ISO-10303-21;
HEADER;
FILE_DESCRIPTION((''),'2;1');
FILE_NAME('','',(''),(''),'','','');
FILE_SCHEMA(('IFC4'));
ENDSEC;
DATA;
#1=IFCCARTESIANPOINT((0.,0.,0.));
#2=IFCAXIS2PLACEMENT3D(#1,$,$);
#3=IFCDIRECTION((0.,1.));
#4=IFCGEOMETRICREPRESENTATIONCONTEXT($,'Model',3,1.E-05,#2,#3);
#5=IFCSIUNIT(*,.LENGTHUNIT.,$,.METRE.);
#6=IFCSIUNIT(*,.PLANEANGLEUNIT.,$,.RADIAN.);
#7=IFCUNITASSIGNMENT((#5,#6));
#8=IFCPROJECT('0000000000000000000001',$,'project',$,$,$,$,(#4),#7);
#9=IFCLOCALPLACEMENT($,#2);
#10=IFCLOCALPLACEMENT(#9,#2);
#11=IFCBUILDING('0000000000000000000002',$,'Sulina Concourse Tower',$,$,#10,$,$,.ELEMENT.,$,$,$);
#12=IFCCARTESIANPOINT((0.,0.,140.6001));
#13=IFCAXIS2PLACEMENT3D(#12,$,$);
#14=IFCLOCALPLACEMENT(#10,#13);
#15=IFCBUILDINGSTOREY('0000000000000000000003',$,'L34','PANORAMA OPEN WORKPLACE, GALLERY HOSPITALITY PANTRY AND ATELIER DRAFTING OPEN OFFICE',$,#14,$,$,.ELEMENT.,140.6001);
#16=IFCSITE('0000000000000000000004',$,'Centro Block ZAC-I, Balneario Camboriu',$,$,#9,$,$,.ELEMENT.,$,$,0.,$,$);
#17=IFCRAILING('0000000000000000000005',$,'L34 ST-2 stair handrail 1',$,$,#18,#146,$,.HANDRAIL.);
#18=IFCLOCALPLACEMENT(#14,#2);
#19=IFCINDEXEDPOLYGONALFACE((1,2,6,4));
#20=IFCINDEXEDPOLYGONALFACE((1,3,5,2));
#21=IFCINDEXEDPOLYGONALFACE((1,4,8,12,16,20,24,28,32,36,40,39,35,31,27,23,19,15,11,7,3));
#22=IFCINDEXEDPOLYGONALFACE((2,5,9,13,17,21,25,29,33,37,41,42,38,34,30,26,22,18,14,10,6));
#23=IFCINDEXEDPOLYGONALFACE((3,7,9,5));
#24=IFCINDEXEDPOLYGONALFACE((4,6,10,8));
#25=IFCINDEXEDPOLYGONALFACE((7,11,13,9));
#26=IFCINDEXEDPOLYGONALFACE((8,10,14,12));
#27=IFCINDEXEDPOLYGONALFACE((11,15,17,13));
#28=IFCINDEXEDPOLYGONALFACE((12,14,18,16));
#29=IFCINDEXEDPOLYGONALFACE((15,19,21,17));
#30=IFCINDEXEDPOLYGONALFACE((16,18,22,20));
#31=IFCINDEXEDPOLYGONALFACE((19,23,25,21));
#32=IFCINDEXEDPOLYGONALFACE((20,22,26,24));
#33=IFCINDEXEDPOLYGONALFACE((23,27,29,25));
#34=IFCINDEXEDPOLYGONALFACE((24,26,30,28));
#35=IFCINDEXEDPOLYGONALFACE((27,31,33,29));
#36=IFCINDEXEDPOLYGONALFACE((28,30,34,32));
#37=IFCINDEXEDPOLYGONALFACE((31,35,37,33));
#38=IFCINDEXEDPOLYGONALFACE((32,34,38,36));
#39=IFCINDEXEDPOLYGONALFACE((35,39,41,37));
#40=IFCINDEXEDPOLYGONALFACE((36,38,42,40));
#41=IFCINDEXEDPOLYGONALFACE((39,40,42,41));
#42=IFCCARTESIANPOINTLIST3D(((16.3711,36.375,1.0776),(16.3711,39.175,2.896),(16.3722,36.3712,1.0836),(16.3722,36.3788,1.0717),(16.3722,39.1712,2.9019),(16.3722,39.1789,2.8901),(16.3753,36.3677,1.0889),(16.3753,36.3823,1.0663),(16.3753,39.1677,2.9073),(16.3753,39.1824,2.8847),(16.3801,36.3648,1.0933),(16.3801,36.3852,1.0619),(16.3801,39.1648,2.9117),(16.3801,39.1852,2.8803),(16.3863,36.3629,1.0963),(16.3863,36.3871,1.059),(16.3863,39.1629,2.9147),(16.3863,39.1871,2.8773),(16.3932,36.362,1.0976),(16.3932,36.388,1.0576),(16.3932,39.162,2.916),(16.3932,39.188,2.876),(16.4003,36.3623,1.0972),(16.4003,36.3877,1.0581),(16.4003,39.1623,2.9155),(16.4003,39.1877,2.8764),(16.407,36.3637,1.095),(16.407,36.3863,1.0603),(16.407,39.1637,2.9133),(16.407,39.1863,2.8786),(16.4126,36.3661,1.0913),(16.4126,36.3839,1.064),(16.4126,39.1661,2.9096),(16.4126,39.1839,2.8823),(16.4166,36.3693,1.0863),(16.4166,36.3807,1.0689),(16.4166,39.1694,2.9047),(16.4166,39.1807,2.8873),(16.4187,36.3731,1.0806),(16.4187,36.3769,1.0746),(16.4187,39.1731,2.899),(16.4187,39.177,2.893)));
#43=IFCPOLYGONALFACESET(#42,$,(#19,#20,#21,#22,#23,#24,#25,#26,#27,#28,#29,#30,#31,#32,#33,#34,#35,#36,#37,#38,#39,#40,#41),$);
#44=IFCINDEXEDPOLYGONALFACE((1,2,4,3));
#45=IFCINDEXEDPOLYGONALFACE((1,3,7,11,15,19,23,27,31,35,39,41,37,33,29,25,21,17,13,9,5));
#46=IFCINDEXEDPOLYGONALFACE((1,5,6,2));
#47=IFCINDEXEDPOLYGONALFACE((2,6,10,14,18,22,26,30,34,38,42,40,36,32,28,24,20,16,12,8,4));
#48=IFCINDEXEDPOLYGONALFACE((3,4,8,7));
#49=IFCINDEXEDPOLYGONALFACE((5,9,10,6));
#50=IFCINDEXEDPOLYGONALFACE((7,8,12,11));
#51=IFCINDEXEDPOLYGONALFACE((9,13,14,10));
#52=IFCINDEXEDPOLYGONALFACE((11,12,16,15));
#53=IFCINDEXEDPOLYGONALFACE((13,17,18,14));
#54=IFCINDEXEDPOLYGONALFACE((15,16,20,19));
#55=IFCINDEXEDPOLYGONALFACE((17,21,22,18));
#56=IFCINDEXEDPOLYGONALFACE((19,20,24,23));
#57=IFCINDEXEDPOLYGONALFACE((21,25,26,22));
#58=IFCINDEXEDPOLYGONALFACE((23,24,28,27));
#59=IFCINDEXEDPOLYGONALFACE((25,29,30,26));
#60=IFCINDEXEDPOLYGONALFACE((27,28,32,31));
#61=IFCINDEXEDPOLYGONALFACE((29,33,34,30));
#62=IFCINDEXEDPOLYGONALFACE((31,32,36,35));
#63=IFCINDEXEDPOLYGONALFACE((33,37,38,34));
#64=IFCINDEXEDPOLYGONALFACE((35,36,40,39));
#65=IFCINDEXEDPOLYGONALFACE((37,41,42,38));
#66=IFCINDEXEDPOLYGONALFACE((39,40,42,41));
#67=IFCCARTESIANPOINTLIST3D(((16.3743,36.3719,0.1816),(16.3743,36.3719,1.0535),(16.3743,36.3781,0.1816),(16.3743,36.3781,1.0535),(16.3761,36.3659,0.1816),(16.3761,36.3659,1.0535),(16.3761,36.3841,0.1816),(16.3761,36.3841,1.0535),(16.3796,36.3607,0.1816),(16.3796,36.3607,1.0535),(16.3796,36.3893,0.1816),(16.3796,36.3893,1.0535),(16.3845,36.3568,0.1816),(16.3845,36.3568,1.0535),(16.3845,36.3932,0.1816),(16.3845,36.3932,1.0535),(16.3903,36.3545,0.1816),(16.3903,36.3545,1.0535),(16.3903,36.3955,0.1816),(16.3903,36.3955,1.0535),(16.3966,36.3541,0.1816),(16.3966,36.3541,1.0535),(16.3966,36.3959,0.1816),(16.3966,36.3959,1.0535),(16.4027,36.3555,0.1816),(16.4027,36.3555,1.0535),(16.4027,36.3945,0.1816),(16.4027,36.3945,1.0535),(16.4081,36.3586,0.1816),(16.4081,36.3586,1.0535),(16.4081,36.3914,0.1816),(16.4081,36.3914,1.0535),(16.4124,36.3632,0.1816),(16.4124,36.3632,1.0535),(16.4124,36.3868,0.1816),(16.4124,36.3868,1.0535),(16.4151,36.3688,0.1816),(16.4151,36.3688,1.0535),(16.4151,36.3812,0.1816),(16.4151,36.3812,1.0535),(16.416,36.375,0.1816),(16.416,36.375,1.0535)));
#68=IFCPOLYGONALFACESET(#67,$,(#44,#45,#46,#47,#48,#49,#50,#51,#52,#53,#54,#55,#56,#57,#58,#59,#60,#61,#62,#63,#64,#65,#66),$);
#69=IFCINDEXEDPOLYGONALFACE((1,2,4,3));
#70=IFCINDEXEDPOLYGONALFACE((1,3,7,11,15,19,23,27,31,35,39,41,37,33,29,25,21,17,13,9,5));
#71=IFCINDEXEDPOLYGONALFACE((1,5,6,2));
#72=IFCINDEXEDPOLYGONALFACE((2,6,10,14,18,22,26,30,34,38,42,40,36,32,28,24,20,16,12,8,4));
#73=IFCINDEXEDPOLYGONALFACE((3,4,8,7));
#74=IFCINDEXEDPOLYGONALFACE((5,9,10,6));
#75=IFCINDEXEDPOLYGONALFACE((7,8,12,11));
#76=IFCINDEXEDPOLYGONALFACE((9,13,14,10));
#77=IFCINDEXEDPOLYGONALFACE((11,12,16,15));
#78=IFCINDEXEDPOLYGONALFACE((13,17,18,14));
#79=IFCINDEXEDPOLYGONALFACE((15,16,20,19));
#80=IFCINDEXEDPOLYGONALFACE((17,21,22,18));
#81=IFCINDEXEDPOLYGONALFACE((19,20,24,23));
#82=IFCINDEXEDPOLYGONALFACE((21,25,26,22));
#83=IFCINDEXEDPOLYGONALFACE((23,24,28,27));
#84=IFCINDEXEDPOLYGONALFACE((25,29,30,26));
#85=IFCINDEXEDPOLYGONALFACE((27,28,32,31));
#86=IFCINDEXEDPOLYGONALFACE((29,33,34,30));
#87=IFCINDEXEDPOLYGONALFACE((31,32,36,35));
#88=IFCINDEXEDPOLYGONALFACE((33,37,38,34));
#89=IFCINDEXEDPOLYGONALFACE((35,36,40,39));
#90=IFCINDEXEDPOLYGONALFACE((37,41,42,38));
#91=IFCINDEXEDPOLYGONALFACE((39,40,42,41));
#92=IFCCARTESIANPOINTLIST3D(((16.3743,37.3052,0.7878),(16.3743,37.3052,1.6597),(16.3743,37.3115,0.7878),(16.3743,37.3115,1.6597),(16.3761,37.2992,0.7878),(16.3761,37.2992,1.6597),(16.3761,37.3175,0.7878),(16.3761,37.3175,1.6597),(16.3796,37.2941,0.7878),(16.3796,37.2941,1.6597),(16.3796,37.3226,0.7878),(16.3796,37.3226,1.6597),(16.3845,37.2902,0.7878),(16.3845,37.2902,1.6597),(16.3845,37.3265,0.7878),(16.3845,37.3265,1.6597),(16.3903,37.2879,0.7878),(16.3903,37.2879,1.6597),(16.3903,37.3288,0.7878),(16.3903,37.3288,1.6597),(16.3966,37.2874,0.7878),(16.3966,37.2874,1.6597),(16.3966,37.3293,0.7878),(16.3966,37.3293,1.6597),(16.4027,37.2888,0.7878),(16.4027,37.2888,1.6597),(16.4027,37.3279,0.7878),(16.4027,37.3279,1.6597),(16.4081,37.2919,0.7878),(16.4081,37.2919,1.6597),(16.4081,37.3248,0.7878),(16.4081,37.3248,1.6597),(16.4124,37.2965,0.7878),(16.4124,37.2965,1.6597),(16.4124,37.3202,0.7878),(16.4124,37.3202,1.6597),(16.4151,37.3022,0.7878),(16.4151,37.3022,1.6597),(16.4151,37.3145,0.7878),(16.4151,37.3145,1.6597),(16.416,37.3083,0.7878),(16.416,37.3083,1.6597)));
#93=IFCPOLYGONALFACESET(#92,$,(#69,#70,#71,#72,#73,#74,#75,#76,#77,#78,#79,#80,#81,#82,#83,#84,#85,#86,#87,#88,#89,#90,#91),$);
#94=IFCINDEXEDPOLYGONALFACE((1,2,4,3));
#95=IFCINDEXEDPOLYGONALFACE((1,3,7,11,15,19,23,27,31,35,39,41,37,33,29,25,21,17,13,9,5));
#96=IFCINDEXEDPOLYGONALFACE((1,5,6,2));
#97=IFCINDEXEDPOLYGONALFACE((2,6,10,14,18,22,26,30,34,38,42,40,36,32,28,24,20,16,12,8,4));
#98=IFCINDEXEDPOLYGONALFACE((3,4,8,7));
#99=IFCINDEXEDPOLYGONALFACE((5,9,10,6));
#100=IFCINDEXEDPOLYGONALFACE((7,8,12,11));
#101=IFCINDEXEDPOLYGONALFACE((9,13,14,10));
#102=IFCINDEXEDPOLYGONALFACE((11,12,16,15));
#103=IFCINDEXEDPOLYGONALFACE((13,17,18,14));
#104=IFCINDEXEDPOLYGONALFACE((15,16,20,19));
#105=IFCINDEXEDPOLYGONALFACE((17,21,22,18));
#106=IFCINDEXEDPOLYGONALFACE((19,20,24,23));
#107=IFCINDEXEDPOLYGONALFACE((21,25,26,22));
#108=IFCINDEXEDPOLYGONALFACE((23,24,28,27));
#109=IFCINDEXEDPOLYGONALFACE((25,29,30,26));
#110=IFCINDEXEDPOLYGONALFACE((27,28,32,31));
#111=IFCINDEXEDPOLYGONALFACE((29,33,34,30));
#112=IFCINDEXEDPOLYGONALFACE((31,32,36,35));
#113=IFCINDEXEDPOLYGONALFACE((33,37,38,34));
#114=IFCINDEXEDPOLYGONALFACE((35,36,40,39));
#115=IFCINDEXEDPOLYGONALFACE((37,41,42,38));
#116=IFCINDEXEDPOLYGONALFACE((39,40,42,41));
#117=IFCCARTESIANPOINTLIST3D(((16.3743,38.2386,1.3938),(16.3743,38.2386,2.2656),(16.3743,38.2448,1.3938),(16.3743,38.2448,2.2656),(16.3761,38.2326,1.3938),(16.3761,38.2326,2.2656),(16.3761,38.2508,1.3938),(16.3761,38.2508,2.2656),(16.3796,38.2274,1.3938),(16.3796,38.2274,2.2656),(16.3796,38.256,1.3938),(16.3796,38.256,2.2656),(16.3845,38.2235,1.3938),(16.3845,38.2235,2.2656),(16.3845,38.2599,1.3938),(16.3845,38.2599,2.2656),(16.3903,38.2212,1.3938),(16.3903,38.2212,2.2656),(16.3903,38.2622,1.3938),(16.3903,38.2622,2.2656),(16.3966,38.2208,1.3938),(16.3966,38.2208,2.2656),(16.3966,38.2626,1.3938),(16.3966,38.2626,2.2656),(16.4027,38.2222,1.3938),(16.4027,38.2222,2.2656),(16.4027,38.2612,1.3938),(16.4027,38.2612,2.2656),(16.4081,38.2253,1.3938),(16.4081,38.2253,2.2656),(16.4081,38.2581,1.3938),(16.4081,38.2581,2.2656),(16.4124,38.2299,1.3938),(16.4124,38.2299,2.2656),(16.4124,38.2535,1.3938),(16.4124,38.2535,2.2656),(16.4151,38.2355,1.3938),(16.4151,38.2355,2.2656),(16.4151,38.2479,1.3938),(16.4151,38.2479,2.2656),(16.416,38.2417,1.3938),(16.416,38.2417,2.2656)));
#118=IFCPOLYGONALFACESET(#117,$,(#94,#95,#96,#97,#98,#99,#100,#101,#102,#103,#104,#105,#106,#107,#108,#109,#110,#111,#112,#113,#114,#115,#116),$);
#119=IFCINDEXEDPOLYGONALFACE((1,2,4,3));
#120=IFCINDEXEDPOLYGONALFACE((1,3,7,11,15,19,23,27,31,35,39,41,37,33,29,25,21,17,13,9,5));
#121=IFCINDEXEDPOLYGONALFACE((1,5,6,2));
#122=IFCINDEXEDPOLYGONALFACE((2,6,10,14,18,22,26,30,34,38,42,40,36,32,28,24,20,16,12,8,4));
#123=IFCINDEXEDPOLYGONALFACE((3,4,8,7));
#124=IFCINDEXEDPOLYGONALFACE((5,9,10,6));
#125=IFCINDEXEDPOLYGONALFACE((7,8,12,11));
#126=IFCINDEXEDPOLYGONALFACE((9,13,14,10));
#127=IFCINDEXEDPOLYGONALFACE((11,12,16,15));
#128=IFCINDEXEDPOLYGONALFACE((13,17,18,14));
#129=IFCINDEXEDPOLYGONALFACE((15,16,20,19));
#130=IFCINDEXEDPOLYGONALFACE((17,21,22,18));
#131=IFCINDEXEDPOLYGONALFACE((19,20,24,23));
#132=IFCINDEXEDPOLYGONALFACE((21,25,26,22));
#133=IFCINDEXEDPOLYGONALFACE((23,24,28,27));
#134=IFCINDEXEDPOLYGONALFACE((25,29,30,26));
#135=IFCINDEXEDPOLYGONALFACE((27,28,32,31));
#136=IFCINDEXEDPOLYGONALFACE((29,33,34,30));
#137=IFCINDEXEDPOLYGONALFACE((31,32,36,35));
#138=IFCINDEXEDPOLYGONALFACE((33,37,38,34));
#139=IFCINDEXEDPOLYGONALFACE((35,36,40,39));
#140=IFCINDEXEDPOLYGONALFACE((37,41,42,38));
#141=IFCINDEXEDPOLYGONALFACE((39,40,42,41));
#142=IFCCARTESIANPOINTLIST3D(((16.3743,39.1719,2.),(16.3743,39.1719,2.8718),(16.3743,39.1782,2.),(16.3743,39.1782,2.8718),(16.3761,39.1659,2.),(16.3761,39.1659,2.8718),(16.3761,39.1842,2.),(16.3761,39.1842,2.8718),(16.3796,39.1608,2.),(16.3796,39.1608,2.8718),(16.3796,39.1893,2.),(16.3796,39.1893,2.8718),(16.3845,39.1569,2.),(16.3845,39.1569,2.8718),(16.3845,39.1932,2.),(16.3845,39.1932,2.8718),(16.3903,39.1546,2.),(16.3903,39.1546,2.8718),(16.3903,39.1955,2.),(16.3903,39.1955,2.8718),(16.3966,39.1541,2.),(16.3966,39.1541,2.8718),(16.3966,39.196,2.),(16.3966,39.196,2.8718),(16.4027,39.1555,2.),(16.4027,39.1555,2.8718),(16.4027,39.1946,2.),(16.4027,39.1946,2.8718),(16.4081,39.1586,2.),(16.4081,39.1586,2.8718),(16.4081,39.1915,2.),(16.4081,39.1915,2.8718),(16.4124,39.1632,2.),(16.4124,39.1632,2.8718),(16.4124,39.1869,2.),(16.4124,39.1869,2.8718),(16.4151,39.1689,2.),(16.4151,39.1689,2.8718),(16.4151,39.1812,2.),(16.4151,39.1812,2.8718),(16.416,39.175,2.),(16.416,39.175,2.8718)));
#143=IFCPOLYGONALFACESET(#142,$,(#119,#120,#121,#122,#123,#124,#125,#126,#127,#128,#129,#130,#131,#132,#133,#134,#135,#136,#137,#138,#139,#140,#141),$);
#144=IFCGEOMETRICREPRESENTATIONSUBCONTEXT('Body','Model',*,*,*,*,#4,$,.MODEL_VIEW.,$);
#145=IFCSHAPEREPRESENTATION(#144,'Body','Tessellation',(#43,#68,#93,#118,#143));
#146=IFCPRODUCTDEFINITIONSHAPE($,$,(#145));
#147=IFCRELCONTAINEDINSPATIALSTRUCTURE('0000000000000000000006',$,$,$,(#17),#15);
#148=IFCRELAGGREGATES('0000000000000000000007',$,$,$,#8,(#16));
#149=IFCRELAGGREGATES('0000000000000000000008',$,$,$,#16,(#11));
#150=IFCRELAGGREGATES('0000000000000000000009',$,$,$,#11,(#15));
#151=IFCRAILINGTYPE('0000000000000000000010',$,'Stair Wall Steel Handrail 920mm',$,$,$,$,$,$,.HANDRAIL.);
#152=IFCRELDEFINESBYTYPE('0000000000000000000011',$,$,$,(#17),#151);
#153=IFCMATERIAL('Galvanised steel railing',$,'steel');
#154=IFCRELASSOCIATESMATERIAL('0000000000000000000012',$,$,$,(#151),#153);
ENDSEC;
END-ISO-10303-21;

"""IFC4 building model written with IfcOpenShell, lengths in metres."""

from ifc_helpers import new_model, si_unit, direction, frame, origin, origin_2d, place, context, subcontext, project, spatial, circle, extrude, material, type_object, element, save


model = new_model("IFC4")

# Units and contexts
model_context = context("Model", 3, precision=1e-05, world=origin(), true_north=direction((0.0, 1.0)))
body_context = subcontext(model_context, "Body", "Model", "MODEL_VIEW")
ifc_project = project(units=[si_unit("LENGTHUNIT", "METRE"), si_unit("PLANEANGLEUNIT", "RADIAN")], contexts=[model_context])

# Site, building, storey
site_placement = place(None, origin())
site = spatial("IfcSite", under=ifc_project, at=site_placement, Name="Centro Block ZAC-I, Balneario Camboriu", CompositionType="ELEMENT", RefElevation=0.0)
building_placement = place(site_placement, origin())
building = spatial("IfcBuilding", under=site, at=building_placement, Name="Sulina Concourse Tower", CompositionType="ELEMENT")
storey_placement = place(building_placement, frame((0.0, 0.0, 140.6001)))
storey = spatial("IfcBuildingStorey", under=building, at=storey_placement, Name="L34", Description="PANORAMA OPEN WORKPLACE, GALLERY HOSPITALITY PANTRY AND ATELIER DRAFTING OPEN OFFICE", CompositionType="ELEMENT", Elevation=140.6001)

# Railing
ifc_material_1 = material(Name="Galvanised steel railing", Category="steel")
railing_type_1 = type_object("IfcRailingType", Name="Stair Wall Steel Handrail 920mm", PredefinedType="HANDRAIL", material=ifc_material_1)
railing_1_placement = place(storey_placement, frame((16.395, 36.375, 0.1816)))
element("IfcRailing", 1, at=railing_1_placement, inside=storey, type_object=railing_type_1, Name="L34 ST-2 stair handrail 1", PredefinedType="HANDRAIL", context=body_context, shape_type="SweptSolid", body=[
    extrude(circle(Radius=0.0239, at=origin_2d()), frame((0.0, 0.0, 0.896), z_axis=(0.0, 0.838672, 0.544636), x_axis=(-1.0, 0.0, 0.0)), (0.0, 0.0, 1.0), 3.3386),
    extrude(circle(Radius=0.021, at=origin_2d()), origin(), (0.0, 0.0, 1.0), 0.8718),
    extrude(circle(Radius=0.021, at=origin_2d()), frame((0.0, 0.9333, 0.6062)), (0.0, 0.0, 1.0), 0.8718),
    extrude(circle(Radius=0.021, at=origin_2d()), frame((0.0, 1.8667, 1.2122)), (0.0, 0.0, 1.0), 0.8718),
    extrude(circle(Radius=0.021, at=origin_2d()), frame((0.0, 2.8, 1.8184)), (0.0, 0.0, 1.0), 0.8718),
])

save(model, "model.ifc")
